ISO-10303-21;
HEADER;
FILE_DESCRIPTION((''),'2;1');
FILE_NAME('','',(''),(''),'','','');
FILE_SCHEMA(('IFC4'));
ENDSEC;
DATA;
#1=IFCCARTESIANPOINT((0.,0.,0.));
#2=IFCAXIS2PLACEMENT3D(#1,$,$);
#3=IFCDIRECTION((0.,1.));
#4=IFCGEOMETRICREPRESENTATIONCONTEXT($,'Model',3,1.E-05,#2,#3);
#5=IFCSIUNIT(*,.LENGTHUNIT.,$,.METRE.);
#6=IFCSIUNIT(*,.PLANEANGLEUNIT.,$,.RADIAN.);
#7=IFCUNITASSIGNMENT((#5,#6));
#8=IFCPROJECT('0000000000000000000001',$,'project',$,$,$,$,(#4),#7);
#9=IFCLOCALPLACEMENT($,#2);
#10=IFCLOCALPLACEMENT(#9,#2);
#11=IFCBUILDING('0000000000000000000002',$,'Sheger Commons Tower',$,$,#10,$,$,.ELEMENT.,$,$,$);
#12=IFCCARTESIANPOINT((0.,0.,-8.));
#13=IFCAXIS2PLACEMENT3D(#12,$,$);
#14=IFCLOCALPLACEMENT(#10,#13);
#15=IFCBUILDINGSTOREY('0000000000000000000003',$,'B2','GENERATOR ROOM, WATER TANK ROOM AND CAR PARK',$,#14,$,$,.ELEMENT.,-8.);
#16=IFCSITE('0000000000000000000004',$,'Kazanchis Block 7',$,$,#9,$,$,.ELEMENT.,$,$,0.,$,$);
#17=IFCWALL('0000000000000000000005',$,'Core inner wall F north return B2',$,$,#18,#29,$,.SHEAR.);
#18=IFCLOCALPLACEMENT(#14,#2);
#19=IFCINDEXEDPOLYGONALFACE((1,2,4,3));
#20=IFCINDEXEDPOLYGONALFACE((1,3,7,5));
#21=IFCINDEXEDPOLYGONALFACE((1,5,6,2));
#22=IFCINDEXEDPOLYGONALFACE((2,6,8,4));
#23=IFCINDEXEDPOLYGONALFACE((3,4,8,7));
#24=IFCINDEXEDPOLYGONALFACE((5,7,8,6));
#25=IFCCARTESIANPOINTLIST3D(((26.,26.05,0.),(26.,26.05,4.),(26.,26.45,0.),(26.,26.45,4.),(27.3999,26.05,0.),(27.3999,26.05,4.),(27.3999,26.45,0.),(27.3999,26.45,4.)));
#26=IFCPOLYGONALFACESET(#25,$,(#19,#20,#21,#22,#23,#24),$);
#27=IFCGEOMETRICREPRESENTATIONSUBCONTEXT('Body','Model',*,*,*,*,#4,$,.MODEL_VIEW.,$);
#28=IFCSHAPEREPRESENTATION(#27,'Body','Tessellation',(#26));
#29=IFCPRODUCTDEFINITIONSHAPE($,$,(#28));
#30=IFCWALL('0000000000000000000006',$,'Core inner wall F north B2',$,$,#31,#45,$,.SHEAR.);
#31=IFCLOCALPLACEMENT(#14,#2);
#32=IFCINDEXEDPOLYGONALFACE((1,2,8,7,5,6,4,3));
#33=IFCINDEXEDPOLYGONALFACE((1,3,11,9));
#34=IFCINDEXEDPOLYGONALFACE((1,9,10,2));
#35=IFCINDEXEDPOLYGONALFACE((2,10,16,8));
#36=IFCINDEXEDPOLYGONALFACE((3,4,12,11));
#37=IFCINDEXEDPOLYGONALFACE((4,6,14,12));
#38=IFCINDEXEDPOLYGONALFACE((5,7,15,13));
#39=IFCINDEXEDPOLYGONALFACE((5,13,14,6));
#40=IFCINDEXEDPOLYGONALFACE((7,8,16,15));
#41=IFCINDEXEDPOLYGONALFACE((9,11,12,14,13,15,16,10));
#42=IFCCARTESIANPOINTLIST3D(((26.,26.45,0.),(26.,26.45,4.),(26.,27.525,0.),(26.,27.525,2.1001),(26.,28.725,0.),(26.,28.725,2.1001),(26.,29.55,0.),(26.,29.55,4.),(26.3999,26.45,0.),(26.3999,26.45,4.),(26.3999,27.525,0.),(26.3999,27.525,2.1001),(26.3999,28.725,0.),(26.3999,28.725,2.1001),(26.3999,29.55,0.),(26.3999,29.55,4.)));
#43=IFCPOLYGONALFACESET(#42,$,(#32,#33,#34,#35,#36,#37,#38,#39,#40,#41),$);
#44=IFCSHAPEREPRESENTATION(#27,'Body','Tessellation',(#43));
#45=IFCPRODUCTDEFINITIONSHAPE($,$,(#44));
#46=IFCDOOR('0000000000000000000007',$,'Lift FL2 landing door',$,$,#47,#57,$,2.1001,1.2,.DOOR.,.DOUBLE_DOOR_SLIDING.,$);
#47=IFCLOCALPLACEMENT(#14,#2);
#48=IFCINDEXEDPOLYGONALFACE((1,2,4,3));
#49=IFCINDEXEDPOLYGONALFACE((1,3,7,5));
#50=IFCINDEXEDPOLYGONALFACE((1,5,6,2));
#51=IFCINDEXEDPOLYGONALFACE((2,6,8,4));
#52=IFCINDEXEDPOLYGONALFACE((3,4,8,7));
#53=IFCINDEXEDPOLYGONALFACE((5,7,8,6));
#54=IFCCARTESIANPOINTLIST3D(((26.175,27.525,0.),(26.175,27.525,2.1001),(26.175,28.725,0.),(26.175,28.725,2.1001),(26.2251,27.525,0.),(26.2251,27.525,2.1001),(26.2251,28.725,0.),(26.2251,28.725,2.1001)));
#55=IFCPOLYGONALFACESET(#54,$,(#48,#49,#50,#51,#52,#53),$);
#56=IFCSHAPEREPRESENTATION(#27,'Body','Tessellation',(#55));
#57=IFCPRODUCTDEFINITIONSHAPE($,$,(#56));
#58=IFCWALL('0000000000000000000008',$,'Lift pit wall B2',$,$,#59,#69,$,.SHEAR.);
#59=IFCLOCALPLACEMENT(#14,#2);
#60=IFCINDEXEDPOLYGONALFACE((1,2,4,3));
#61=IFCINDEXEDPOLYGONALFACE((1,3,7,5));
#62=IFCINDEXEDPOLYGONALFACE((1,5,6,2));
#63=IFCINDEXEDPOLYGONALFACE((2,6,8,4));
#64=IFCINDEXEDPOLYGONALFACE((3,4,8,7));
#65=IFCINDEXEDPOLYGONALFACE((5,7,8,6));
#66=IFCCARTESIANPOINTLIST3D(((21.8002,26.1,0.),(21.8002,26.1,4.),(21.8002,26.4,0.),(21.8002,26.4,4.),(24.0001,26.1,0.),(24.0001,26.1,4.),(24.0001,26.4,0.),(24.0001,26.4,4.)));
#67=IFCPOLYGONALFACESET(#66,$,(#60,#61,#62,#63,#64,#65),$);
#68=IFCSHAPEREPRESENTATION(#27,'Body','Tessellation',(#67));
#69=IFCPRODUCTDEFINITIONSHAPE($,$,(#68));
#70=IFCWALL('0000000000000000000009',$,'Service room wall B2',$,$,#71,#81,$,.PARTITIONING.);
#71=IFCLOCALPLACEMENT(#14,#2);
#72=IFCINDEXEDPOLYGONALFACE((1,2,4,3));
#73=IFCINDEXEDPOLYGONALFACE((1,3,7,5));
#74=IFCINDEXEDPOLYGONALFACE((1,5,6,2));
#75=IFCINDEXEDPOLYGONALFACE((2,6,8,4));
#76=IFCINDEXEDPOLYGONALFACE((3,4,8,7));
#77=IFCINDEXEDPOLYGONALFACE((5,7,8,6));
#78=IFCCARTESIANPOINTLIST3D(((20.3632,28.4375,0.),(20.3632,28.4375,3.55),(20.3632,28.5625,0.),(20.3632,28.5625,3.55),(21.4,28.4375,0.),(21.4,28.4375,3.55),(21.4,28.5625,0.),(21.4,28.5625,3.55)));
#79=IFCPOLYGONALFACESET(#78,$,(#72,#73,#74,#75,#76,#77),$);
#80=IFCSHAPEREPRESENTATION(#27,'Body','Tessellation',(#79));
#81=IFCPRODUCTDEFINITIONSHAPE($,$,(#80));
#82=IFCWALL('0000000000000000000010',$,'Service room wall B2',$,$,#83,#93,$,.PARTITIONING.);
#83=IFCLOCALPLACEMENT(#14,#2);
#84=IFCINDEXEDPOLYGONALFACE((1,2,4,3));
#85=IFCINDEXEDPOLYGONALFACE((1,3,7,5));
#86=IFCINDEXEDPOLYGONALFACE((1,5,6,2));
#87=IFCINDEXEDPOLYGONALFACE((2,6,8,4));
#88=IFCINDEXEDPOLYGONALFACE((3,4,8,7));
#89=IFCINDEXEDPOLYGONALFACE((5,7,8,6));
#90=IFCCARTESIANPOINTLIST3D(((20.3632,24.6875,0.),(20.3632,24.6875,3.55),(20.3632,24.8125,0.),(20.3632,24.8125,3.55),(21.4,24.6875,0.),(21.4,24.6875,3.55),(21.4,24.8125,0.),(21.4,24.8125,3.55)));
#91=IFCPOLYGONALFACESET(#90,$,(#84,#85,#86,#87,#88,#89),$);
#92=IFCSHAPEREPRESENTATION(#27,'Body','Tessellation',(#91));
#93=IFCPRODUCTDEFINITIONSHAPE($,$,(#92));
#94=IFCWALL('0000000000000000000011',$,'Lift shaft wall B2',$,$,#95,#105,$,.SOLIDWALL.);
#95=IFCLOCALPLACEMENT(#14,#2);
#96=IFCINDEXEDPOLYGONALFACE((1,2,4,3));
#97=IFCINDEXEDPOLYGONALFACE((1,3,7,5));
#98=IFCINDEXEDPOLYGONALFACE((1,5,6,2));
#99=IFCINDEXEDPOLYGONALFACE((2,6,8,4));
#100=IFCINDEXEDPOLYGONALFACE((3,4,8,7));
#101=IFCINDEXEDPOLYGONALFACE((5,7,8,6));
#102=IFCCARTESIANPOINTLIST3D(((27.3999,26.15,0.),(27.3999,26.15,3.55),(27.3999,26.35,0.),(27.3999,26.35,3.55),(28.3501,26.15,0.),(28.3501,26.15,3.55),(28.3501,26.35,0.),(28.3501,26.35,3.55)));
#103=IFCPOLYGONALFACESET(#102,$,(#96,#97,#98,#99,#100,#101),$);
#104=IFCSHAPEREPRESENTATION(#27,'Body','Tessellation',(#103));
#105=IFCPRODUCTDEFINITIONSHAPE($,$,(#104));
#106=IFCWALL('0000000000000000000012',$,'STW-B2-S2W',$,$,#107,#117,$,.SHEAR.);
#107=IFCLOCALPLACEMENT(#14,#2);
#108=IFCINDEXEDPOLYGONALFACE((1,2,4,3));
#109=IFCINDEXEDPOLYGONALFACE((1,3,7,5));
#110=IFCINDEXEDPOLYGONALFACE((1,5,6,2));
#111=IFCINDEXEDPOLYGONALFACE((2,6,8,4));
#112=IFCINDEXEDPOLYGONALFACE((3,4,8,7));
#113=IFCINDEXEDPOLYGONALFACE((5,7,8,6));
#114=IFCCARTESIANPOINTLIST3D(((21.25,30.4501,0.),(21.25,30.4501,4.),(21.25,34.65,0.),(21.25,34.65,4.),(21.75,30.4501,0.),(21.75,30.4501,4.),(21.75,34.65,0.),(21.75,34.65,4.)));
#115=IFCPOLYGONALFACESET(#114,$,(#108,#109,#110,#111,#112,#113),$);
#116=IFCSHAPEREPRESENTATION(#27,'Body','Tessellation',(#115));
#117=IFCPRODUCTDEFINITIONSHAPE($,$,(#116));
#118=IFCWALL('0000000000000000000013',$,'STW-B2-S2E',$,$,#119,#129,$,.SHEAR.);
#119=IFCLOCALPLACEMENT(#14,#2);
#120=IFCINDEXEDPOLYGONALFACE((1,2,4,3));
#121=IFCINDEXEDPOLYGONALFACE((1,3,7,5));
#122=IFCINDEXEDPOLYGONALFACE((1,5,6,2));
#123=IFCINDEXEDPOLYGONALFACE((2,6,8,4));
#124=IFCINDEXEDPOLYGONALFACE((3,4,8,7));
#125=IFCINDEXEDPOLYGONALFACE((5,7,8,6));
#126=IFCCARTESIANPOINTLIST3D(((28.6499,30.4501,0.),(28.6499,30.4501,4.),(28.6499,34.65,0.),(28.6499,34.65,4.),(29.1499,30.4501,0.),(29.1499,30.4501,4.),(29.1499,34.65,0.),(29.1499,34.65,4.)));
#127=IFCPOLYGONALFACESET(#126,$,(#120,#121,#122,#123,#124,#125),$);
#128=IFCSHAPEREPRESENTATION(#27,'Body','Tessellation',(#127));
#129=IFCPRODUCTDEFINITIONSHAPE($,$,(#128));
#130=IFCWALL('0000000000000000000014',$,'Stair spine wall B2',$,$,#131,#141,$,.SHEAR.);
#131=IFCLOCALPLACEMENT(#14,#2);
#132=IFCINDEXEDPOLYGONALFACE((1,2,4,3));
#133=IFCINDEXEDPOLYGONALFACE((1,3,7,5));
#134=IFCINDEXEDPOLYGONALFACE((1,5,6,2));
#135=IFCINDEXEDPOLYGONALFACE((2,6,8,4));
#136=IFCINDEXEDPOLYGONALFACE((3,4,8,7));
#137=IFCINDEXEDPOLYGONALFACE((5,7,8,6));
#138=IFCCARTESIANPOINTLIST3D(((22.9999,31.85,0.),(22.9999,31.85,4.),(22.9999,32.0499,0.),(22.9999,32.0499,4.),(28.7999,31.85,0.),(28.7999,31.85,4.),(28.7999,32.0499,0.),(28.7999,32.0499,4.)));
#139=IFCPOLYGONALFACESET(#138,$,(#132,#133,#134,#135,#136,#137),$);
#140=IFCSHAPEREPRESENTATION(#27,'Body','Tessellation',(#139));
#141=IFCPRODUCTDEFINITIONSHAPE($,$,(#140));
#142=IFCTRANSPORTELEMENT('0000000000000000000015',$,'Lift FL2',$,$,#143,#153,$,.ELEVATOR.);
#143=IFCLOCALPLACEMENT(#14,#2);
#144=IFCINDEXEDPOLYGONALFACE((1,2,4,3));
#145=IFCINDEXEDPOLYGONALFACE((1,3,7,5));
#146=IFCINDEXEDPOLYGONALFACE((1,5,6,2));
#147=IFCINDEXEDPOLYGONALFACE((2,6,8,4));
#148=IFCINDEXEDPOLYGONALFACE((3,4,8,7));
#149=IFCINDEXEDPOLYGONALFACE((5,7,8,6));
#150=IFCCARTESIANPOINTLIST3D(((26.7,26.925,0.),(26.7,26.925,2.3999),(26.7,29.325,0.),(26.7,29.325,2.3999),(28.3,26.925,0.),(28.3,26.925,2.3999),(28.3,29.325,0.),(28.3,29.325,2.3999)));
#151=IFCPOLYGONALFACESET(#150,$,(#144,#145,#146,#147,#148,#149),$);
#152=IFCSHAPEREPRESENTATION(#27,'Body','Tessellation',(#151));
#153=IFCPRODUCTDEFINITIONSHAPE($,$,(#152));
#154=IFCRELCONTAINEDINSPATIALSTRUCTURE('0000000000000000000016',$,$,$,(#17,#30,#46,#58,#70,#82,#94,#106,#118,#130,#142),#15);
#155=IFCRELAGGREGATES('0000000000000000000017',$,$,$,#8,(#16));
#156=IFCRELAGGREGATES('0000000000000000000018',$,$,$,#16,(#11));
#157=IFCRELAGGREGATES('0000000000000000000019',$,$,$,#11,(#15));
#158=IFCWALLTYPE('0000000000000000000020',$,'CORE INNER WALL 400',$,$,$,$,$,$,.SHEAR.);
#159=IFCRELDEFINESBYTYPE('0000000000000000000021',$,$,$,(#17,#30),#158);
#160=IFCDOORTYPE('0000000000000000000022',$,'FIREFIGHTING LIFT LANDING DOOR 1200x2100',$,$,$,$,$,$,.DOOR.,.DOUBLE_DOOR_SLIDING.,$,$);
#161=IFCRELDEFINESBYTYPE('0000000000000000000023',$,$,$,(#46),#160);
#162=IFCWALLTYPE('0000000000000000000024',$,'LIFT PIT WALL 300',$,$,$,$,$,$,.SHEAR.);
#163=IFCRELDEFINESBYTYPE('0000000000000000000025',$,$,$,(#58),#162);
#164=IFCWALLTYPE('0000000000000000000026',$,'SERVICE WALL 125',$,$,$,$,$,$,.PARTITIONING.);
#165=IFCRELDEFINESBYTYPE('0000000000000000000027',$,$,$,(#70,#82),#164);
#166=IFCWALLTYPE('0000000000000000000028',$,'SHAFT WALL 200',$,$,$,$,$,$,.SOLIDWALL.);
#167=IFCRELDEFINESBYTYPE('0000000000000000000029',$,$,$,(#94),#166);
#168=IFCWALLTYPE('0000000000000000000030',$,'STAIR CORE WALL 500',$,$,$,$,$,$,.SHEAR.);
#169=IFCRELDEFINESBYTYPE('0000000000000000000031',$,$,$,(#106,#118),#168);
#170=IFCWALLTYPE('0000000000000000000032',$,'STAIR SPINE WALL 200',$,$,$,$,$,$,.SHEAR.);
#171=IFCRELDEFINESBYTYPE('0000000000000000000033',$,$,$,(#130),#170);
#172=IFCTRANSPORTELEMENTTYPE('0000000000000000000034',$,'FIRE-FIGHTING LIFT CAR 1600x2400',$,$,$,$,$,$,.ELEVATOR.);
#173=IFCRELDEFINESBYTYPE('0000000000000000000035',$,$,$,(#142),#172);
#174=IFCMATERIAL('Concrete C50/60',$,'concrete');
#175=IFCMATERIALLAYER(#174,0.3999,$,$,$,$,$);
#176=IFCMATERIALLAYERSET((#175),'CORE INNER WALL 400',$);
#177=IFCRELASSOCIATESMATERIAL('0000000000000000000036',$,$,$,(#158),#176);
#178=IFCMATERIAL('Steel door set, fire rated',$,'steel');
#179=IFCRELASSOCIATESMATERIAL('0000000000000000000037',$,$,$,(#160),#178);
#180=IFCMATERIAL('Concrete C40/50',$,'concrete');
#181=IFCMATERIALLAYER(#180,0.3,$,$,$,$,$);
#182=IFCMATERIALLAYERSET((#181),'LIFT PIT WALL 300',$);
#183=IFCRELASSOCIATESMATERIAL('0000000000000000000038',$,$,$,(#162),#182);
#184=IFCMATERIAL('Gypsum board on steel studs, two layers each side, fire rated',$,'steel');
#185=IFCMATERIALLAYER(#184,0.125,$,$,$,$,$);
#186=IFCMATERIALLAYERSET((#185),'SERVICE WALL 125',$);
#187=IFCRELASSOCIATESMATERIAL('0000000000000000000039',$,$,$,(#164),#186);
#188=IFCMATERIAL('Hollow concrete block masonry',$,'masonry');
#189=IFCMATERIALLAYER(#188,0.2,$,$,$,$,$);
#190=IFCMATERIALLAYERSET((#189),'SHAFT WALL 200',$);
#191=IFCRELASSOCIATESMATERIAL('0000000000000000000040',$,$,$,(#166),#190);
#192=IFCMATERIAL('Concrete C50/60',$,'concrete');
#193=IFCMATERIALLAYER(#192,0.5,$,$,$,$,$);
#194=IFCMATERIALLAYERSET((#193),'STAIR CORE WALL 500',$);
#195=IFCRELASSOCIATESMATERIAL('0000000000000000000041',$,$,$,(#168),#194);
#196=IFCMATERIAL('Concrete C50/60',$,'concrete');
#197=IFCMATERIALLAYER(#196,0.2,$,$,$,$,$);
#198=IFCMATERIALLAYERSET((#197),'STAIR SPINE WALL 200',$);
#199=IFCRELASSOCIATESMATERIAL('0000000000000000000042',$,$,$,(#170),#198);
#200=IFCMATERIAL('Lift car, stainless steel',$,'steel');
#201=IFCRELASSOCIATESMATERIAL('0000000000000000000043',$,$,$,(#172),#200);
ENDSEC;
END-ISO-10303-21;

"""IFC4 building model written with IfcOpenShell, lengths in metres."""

from ifc_helpers import new_model, si_unit, direction, frame, frame_2d, origin, origin_2d, place, context, subcontext, project, spatial, rectangle, extrude, material, layer, layer_set, type_object, element, fill, save


model = new_model("IFC4")

# Units and contexts
model_context = context("Model", 3, precision=1e-05, world=origin(), true_north=direction((0.0, 1.0)))
body_context = subcontext(model_context, "Body", "Model", "MODEL_VIEW")
ifc_project = project(units=[si_unit("LENGTHUNIT", "METRE"), si_unit("PLANEANGLEUNIT", "RADIAN")], contexts=[model_context])

# Site, building, storey
site_placement = place(None, origin())
site = spatial("IfcSite", under=ifc_project, at=site_placement, Name="Kazanchis Block 7", CompositionType="ELEMENT", RefElevation=0.0)
building_placement = place(site_placement, origin())
building = spatial("IfcBuilding", under=site, at=building_placement, Name="Sheger Commons Tower", CompositionType="ELEMENT")
storey_placement = place(building_placement, frame((0.0, 0.0, -8.0)))
storey = spatial("IfcBuildingStorey", under=building, at=storey_placement, Name="B2", Description="GENERATOR ROOM, WATER TANK ROOM AND CAR PARK", CompositionType="ELEMENT", Elevation=-8.0)

# Wall
ifc_material_1 = material(Name="Concrete C50/60", Category="concrete")
ifc_layer_1 = layer(ifc_material_1, 0.3999)
ifc_layer_set_1 = layer_set([ifc_layer_1], Name="CORE INNER WALL 400")
wall_type_1 = type_object("IfcWallType", Name="CORE INNER WALL 400", PredefinedType="SHEAR", material=ifc_layer_set_1)
wall_1_placement = place(storey_placement, frame((26.0, 26.25, 0.0), z_axis=(0.0, 0.0, 1.0), x_axis=(1.0, 0.0, 0.0)))
element("IfcWall", 1, at=wall_1_placement, inside=storey, type_object=wall_type_1, Name="Core inner wall F north return B2", PredefinedType="SHEAR", context=body_context, shape_type="SweptSolid", body=[
    extrude(rectangle(XDim=1.3999, YDim=0.3999, at=frame_2d((0.7, 0.0))), origin(), (0.0, 0.0, 1.0), 4.0),
])

# Wall, opening, door
wall_2_placement = place(storey_placement, frame((26.2, 26.45, 0.0), z_axis=(0.0, 0.0, 1.0), x_axis=(0.0, 1.0, 0.0)))
wall_2 = element("IfcWall", 2, at=wall_2_placement, inside=storey, type_object=wall_type_1, Name="Core inner wall F north B2", PredefinedType="SHEAR", context=body_context, shape_type="SweptSolid", body=[
    extrude(rectangle(XDim=3.1001, YDim=0.3999, at=frame_2d((1.55, 0.0))), origin(), (0.0, 0.0, 1.0), 4.0),
])
opening_placement = place(wall_2_placement, frame((1.075, 0.0, 0.0)))
opening = element("IfcOpeningElement", 3, at=opening_placement, cuts=wall_2, PredefinedType="OPENING", context=body_context, shape_type="SweptSolid", body=[
    extrude(rectangle(XDim=1.2, YDim=2.1001, at=frame_2d((0.6001, 1.05))), frame((0.0, 0.21, 0.0), z_axis=(0.0, -1.0, 0.0), x_axis=(1.0, 0.0, 0.0)), (0.0, 0.0, 1.0), 0.4199),
])
ifc_material_2 = material(Name="Steel door set, fire rated", Category="steel")
door_type = type_object("IfcDoorType", Name="FIREFIGHTING LIFT LANDING DOOR 1200x2100", OperationType="DOUBLE_DOOR_SLIDING", PredefinedType="DOOR", material=ifc_material_2)
door_placement = place(opening_placement, origin())
door = element("IfcDoor", 4, at=door_placement, inside=storey, type_object=door_type, Name="Lift FL2 landing door", OperationType="DOUBLE_DOOR_SLIDING", OverallHeight=2.1001, OverallWidth=1.2, PredefinedType="DOOR", context=body_context, shape_type="SweptSolid", body=[
    extrude(rectangle(XDim=1.2, YDim=2.1001, at=frame_2d((0.6001, 1.05))), frame((0.0, 0.0249, 0.0), z_axis=(0.0, -1.0, 0.0), x_axis=(1.0, 0.0, 0.0)), (0.0, 0.0, 1.0), 0.05),
])
fill(opening, door)

# Walls
ifc_material_3 = material(Name="Concrete C40/50", Category="concrete")
ifc_layer_2 = layer(ifc_material_3, 0.3)
ifc_layer_set_2 = layer_set([ifc_layer_2], Name="LIFT PIT WALL 300")
wall_type_2 = type_object("IfcWallType", Name="LIFT PIT WALL 300", PredefinedType="SHEAR", material=ifc_layer_set_2)
wall_3_placement = place(storey_placement, frame((21.8, 26.25, 0.0), z_axis=(0.0, 0.0, 1.0), x_axis=(1.0, 0.0, 0.0)))
element("IfcWall", 5, at=wall_3_placement, inside=storey, type_object=wall_type_2, Name="Lift pit wall B2", PredefinedType="SHEAR", context=body_context, shape_type="SweptSolid", body=[
    extrude(rectangle(XDim=2.2, YDim=0.3, at=frame_2d((1.1001, 0.0))), origin(), (0.0, 0.0, 1.0), 4.0),
])
ifc_material_4 = material(Name="Gypsum board on steel studs, two layers each side, fire rated", Category="steel")
ifc_layer_3 = layer(ifc_material_4, 0.125)
ifc_layer_set_3 = layer_set([ifc_layer_3], Name="SERVICE WALL 125")
wall_type_3 = type_object("IfcWallType", Name="SERVICE WALL 125", PredefinedType="PARTITIONING", material=ifc_layer_set_3)
for number, where, z_axis, x_axis, name in (
    (6, (20.363, 28.5, 0.0), (0.0, 0.0, 1.0), (1.0, 0.0, 0.0), "Service room wall B2"),
    (7, (20.363, 24.75, 0.0), (0.0, 0.0, 1.0), (1.0, 0.0, 0.0), "Service room wall B2"),
):
    element("IfcWall", number, at=place(storey_placement, frame(where, z_axis=z_axis, x_axis=x_axis)), inside=storey, type_object=wall_type_3, Name=name, PredefinedType="PARTITIONING", context=body_context, shape_type="SweptSolid", body=[
        extrude(rectangle(XDim=1.0369, YDim=0.125, at=frame_2d((0.5186, 0.0))), origin(), (0.0, 0.0, 1.0), 3.55),
    ])
ifc_material_5 = material(Name="Hollow concrete block masonry", Category="masonry")
ifc_layer_4 = layer(ifc_material_5, 0.2)
ifc_layer_set_4 = layer_set([ifc_layer_4], Name="SHAFT WALL 200")
wall_type_4 = type_object("IfcWallType", Name="SHAFT WALL 200", PredefinedType="SOLIDWALL", material=ifc_layer_set_4)
wall_4_placement = place(storey_placement, frame((27.3999, 26.25, 0.0), z_axis=(0.0, 0.0, 1.0), x_axis=(1.0, 0.0, 0.0)))
element("IfcWall", 8, at=wall_4_placement, inside=storey, type_object=wall_type_4, Name="Lift shaft wall B2", PredefinedType="SOLIDWALL", context=body_context, shape_type="SweptSolid", body=[
    extrude(rectangle(XDim=0.9502, YDim=0.2, at=frame_2d((0.4751, 0.0))), origin(), (0.0, 0.0, 1.0), 3.55),
])
ifc_material_6 = material(Name="Concrete C50/60", Category="concrete")
ifc_layer_5 = layer(ifc_material_6, 0.5)
ifc_layer_set_5 = layer_set([ifc_layer_5], Name="STAIR CORE WALL 500")
wall_type_5 = type_object("IfcWallType", Name="STAIR CORE WALL 500", PredefinedType="SHEAR", material=ifc_layer_set_5)
for number, where, z_axis, x_axis, name in (
    (9, (21.5, 30.45, 0.0), (0.0, 0.0, 1.0), (0.0, 1.0, 0.0), "STW-B2-S2W"),
    (10, (28.8999, 30.45, 0.0), (0.0, 0.0, 1.0), (0.0, 1.0, 0.0), "STW-B2-S2E"),
):
    element("IfcWall", number, at=place(storey_placement, frame(where, z_axis=z_axis, x_axis=x_axis)), inside=storey, type_object=wall_type_5, Name=name, PredefinedType="SHEAR", context=body_context, shape_type="SweptSolid", body=[
        extrude(rectangle(XDim=4.2, YDim=0.5, at=frame_2d((2.1001, 0.0))), origin(), (0.0, 0.0, 1.0), 4.0),
    ])
ifc_material_7 = material(Name="Concrete C50/60", Category="concrete")
ifc_layer_6 = layer(ifc_material_7, 0.2)
ifc_layer_set_6 = layer_set([ifc_layer_6], Name="STAIR SPINE WALL 200")
wall_type_6 = type_object("IfcWallType", Name="STAIR SPINE WALL 200", PredefinedType="SHEAR", material=ifc_layer_set_6)
wall_5_placement = place(storey_placement, frame((23.0, 31.95, 0.0), z_axis=(0.0, 0.0, 1.0), x_axis=(1.0, 0.0, 0.0)))
element("IfcWall", 11, at=wall_5_placement, inside=storey, type_object=wall_type_6, Name="Stair spine wall B2", PredefinedType="SHEAR", context=body_context, shape_type="SweptSolid", body=[
    extrude(rectangle(XDim=5.8, YDim=0.2, at=frame_2d((2.8999, 0.0))), origin(), (0.0, 0.0, 1.0), 4.0),
])

# Transport element
ifc_material_8 = material(Name="Lift car, stainless steel", Category="steel")
transport_element_type = type_object("IfcTransportElementType", Name="FIRE-FIGHTING LIFT CAR 1600x2400", PredefinedType="ELEVATOR", material=ifc_material_8)
transport_element_placement = place(storey_placement, frame((27.5, 28.125, 0.0), z_axis=(0.0, 0.0, 1.0), x_axis=(1.0, 0.0, 0.0)))
element("IfcTransportElement", 12, at=transport_element_placement, inside=storey, type_object=transport_element_type, Name="Lift FL2", PredefinedType="ELEVATOR", context=body_context, shape_type="SweptSolid", body=[
    extrude(rectangle(XDim=1.6001, YDim=2.3999, at=origin_2d()), origin(), (0.0, 0.0, 1.0), 2.3999),
])

save(model, "model.ifc")
